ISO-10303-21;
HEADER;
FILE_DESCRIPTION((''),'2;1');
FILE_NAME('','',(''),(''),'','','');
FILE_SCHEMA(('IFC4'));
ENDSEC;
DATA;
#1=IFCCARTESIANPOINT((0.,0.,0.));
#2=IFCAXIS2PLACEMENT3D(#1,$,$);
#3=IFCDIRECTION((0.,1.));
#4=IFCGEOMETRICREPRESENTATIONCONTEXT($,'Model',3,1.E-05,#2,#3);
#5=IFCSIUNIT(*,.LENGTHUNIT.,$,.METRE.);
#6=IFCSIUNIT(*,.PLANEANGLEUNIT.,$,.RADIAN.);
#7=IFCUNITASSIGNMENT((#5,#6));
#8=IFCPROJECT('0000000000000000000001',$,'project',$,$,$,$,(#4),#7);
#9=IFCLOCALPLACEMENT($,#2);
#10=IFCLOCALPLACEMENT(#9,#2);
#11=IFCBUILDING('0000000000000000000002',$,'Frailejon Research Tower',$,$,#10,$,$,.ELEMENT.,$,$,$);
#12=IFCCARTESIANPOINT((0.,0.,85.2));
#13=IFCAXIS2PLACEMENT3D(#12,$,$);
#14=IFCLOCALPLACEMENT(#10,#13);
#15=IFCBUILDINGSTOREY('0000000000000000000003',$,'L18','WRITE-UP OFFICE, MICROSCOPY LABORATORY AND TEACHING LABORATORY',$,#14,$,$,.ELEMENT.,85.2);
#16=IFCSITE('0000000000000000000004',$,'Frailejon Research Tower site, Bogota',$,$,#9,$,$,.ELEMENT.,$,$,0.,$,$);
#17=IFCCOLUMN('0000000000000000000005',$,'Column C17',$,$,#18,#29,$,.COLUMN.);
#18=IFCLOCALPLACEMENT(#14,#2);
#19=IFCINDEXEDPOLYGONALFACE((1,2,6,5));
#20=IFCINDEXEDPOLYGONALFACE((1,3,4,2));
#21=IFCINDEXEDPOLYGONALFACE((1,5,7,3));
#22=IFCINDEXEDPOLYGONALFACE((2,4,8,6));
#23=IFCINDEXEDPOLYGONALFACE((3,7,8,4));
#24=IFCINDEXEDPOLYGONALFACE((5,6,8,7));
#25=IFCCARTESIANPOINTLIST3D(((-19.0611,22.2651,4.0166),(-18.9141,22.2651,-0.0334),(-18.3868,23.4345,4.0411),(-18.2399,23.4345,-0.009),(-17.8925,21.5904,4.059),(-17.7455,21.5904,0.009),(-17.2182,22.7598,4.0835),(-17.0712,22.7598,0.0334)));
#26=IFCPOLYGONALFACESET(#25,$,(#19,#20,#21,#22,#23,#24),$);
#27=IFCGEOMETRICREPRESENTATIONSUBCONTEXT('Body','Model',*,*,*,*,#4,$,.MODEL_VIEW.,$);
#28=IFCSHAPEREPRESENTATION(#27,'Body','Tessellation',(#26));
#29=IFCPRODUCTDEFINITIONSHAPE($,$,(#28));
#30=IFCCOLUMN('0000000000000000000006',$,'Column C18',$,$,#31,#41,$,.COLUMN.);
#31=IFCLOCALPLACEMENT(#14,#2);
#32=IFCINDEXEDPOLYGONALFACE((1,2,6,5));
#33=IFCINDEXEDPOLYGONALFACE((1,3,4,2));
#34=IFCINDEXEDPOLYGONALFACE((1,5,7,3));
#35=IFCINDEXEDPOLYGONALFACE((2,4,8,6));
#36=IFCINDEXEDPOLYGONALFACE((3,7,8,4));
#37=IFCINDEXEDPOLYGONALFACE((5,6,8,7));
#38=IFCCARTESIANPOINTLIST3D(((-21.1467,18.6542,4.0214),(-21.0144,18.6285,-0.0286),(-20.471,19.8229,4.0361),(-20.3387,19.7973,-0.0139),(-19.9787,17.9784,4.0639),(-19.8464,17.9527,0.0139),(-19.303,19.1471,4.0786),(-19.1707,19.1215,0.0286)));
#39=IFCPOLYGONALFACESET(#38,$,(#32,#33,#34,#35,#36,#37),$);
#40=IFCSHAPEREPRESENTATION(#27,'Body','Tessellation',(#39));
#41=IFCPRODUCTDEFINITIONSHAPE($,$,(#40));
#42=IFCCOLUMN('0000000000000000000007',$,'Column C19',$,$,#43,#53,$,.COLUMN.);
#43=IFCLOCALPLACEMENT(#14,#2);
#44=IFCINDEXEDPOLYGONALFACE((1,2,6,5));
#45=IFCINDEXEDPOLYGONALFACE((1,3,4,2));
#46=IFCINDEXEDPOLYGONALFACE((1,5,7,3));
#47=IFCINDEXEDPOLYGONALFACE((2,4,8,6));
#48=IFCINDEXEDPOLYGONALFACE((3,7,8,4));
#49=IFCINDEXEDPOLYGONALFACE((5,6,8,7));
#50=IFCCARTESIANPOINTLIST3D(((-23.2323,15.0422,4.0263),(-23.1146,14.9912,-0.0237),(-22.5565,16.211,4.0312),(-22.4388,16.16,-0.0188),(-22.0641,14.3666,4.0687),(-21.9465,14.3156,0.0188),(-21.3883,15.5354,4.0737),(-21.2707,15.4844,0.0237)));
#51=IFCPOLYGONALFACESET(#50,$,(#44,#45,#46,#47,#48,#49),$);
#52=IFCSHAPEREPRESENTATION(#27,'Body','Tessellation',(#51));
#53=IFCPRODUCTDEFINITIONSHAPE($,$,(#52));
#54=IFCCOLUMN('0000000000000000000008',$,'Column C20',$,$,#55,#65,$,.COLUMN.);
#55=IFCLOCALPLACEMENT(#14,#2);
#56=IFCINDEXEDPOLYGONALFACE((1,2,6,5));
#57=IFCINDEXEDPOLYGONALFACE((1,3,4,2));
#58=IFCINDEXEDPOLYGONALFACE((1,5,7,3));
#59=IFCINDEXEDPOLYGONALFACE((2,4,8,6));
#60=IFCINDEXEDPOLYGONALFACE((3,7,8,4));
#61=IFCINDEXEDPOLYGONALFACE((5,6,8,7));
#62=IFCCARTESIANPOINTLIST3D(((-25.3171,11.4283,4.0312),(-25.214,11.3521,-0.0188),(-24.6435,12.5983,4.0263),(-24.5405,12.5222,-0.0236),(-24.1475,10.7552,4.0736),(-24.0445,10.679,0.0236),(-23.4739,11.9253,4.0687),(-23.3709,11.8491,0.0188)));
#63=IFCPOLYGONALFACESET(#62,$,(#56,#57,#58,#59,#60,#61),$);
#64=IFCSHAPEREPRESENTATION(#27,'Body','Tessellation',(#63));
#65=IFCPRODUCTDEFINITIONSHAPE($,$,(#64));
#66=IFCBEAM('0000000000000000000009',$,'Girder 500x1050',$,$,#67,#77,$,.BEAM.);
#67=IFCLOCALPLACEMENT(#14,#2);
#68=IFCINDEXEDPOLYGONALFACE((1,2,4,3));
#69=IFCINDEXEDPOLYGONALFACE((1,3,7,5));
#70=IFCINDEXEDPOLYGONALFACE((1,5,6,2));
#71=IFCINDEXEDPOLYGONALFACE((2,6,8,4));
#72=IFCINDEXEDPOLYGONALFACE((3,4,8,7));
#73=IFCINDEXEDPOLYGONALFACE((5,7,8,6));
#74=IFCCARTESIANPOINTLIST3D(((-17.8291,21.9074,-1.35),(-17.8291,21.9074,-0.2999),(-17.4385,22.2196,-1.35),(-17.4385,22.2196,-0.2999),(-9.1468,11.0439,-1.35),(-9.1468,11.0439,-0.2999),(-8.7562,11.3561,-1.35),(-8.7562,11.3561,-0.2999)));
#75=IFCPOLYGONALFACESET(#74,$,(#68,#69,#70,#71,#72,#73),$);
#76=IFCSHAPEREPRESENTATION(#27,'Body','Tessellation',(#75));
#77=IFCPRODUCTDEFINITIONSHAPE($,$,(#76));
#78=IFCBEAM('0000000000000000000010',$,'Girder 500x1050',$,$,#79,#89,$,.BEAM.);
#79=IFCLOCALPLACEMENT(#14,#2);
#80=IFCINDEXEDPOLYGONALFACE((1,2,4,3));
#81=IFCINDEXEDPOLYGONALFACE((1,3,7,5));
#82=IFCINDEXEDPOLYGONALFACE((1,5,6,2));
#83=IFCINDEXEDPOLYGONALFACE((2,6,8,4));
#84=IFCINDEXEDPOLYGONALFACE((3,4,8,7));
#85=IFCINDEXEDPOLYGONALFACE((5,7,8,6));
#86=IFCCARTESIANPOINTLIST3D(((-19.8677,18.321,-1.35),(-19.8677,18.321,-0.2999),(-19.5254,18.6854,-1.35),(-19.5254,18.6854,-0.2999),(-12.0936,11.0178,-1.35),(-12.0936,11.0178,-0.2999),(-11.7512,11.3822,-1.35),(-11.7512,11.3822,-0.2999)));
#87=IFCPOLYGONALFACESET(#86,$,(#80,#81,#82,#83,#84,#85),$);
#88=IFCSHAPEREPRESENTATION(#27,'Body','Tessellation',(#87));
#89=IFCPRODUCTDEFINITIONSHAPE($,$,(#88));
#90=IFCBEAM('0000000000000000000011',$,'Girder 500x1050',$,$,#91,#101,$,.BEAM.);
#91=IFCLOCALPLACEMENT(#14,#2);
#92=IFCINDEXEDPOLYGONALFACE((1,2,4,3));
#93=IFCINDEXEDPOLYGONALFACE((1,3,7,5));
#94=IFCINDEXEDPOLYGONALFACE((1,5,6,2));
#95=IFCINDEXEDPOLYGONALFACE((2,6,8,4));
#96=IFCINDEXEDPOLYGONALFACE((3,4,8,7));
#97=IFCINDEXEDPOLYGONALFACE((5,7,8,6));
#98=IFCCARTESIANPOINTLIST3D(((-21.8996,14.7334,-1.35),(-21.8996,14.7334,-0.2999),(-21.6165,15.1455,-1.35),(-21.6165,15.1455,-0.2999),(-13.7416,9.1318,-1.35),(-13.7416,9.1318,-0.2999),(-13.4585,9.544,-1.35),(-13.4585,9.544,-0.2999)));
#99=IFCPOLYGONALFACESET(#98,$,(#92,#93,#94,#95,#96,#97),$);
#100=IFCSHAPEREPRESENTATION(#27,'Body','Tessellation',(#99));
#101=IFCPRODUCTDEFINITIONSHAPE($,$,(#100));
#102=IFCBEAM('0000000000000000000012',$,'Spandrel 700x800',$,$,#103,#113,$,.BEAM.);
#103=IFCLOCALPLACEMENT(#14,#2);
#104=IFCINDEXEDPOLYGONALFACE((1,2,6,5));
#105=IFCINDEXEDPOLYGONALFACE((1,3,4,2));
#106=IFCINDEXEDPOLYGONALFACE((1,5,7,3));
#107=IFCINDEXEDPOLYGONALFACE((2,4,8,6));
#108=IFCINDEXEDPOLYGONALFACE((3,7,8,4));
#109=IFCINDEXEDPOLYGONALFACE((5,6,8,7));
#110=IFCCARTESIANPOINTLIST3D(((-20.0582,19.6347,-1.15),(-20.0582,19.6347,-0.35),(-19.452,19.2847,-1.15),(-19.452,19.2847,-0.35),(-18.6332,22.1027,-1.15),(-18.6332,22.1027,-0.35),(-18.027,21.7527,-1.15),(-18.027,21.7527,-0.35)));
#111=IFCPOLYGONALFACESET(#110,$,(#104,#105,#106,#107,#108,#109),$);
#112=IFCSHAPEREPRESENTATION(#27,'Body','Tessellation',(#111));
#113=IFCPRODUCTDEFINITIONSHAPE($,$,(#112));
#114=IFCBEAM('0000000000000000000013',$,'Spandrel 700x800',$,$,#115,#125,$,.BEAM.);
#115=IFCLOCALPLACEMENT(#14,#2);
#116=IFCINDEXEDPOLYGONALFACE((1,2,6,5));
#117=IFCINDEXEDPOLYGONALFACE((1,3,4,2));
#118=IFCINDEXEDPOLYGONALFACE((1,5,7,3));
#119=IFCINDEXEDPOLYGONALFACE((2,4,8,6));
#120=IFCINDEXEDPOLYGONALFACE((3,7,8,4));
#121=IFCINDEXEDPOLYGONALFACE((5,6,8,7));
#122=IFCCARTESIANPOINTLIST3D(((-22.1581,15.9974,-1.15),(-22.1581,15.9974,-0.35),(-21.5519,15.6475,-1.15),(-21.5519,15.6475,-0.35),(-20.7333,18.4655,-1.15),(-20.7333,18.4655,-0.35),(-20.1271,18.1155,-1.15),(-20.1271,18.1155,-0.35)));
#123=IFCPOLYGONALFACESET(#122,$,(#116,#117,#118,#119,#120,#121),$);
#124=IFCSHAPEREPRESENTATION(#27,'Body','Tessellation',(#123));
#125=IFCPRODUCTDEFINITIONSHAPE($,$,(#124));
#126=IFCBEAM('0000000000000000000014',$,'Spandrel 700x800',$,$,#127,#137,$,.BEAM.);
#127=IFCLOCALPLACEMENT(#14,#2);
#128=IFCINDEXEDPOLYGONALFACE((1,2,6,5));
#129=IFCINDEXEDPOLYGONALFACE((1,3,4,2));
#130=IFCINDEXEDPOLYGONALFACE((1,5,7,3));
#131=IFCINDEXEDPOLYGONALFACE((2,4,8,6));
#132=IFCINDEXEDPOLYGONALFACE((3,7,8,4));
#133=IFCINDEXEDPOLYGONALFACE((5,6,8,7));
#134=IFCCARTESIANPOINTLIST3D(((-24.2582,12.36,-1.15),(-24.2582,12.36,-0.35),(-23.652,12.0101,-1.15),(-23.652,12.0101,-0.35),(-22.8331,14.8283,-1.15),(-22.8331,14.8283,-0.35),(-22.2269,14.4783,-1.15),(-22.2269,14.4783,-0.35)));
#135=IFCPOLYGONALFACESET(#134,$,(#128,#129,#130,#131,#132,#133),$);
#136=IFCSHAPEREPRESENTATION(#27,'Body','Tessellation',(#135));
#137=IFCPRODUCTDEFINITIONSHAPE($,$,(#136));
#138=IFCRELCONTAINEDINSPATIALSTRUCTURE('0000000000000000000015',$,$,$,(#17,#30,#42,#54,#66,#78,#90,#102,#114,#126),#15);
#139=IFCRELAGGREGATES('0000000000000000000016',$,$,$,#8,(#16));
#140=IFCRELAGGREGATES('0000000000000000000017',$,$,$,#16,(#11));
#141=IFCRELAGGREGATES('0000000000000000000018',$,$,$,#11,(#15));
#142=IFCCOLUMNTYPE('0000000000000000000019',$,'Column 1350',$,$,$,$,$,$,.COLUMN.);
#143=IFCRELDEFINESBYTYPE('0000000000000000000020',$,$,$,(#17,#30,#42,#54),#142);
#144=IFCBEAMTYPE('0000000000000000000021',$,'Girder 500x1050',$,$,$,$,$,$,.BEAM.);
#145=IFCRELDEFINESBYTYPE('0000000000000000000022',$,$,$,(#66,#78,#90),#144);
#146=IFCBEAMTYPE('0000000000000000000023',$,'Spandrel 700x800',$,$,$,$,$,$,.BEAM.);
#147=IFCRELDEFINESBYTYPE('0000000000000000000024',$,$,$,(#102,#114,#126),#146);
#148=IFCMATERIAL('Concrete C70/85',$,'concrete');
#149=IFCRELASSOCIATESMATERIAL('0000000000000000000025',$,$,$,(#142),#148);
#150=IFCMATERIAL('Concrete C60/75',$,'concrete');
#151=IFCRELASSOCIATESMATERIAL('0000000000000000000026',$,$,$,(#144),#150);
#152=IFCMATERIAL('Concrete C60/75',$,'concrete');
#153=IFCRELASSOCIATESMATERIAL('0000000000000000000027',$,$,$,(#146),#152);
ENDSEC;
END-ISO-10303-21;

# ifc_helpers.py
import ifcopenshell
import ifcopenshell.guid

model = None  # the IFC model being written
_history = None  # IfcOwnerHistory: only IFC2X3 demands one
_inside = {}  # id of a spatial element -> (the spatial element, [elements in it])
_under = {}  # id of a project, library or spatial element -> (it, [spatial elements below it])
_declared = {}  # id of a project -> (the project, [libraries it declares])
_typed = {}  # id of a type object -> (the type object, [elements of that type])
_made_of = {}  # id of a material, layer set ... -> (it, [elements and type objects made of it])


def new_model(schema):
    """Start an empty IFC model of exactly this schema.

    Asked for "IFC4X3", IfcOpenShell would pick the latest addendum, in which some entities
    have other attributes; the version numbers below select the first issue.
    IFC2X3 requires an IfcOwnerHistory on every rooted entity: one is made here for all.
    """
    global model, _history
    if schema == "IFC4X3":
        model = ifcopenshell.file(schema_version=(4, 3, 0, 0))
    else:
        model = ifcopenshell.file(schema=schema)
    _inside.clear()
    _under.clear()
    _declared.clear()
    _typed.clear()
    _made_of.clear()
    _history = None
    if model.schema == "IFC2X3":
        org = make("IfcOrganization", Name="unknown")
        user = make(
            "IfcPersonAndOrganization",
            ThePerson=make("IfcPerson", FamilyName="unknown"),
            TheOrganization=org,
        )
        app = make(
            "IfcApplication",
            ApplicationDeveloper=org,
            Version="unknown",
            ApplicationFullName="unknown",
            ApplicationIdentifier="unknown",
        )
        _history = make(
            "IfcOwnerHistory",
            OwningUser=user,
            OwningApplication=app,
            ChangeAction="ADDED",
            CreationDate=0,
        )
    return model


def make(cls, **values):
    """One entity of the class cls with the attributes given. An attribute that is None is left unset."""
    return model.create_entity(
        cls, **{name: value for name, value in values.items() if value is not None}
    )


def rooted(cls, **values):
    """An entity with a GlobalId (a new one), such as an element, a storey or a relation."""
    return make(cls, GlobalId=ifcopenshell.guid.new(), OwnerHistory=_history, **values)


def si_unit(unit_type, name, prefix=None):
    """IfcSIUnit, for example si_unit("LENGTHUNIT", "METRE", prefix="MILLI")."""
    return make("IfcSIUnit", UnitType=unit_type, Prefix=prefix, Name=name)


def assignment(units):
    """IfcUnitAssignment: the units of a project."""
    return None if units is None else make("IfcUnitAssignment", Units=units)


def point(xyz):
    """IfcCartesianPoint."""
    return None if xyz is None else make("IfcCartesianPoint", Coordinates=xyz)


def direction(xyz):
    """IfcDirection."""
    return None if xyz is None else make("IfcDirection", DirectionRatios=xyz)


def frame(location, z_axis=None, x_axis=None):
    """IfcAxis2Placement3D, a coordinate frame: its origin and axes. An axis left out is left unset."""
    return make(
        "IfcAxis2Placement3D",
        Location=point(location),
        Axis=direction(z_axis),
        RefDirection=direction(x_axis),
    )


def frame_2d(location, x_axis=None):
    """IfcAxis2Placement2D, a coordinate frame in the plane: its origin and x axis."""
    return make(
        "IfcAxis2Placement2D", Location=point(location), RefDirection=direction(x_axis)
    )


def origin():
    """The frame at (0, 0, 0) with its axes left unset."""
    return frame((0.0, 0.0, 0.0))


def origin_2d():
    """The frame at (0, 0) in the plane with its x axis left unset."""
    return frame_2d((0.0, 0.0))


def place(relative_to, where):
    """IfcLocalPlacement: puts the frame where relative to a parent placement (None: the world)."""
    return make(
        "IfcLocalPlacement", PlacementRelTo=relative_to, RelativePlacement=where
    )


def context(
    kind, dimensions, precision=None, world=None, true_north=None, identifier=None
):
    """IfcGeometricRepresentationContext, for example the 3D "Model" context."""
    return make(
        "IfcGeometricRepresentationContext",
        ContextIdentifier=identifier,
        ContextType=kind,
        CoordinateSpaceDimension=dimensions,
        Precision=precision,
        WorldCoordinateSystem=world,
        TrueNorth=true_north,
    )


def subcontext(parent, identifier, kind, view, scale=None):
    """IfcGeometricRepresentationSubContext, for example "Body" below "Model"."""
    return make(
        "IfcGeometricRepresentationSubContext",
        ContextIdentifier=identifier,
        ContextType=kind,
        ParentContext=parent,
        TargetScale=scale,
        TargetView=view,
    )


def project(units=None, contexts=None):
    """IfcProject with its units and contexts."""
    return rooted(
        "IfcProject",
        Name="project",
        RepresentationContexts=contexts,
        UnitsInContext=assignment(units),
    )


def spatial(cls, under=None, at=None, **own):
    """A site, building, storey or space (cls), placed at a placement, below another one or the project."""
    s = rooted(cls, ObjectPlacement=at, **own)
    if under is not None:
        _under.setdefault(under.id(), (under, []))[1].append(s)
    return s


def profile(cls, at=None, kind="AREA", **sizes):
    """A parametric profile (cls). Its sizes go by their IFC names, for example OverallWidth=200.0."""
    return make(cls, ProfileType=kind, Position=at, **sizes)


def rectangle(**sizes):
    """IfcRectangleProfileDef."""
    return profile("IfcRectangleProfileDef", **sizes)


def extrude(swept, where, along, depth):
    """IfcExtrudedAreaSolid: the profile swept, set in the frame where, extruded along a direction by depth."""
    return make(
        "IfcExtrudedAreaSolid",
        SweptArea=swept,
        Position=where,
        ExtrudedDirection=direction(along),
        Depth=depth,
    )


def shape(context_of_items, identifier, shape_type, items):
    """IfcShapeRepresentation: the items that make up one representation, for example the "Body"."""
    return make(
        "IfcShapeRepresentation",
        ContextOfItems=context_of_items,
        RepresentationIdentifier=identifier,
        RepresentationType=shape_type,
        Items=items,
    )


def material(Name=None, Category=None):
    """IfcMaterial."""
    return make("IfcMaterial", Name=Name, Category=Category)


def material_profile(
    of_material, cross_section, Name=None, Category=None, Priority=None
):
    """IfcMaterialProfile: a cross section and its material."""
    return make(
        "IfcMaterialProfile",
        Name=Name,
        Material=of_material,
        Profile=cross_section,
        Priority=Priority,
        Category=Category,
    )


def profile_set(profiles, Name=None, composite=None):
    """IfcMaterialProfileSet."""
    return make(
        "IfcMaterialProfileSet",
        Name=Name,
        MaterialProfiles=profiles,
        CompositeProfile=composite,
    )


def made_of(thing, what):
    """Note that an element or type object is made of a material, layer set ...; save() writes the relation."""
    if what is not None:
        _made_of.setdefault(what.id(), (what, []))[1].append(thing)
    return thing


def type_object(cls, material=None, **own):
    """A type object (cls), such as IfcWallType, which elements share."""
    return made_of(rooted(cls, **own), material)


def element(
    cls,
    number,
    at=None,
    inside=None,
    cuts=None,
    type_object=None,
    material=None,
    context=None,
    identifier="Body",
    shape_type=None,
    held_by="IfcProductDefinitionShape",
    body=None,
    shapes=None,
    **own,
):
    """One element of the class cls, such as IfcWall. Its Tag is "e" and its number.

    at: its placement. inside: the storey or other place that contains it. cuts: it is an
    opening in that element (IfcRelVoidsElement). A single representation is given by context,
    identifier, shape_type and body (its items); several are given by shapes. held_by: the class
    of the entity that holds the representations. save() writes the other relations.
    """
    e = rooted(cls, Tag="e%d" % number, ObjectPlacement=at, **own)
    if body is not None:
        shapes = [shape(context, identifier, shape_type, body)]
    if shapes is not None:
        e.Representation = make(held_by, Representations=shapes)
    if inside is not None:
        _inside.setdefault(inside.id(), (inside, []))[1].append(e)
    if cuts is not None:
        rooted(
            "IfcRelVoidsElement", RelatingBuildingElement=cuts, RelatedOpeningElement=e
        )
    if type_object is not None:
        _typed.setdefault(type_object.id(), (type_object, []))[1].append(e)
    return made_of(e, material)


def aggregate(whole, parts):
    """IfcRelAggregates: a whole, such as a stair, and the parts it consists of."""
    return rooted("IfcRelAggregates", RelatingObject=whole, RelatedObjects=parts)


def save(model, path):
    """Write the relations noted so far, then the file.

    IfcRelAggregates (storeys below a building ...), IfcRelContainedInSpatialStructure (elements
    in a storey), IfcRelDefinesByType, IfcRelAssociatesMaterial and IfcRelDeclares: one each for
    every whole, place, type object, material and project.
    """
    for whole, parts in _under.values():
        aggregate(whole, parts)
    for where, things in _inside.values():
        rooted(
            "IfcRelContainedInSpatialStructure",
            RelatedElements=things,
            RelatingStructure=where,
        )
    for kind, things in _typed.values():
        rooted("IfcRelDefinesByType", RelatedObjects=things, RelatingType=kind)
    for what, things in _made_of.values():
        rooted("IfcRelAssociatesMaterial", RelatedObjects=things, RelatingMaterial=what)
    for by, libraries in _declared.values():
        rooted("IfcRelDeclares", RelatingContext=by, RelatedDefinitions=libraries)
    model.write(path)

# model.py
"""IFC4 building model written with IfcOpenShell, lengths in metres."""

from ifc_helpers import new_model, si_unit, direction, frame, origin, origin_2d, place, context, subcontext, project, spatial, rectangle, extrude, material, material_profile, profile_set, type_object, element, save


model = new_model("IFC4")

# Units and contexts
model_context = context("Model", 3, precision=1e-05, world=origin(), true_north=direction((0.0, 1.0)))
body_context = subcontext(model_context, "Body", "Model", "MODEL_VIEW")
ifc_project = project(units=[si_unit("LENGTHUNIT", "METRE"), si_unit("PLANEANGLEUNIT", "RADIAN")], contexts=[model_context])

# Site, building, storey
site_placement = place(None, origin())
site = spatial("IfcSite", under=ifc_project, at=site_placement, Name="Frailejon Research Tower site, Bogota", CompositionType="ELEMENT", RefElevation=0.0)
building_placement = place(site_placement, origin())
building = spatial("IfcBuilding", under=site, at=building_placement, Name="Frailejon Research Tower", CompositionType="ELEMENT")
storey_placement = place(building_placement, frame((0.0, 0.0, 85.2)))
storey = spatial("IfcBuildingStorey", under=building, at=storey_placement, Name="L18", Description="WRITE-UP OFFICE, MICROSCOPY LABORATORY AND TEACHING LABORATORY", CompositionType="ELEMENT", Elevation=85.2)

# Columns
ifc_material_1 = material(Name="Concrete C70/85", Category="concrete")
ifc_material_profile_1 = material_profile(ifc_material_1, rectangle(XDim=1.3501, YDim=1.3501, at=origin_2d()), Name="Column 1350")
ifc_profile_set_1 = profile_set([ifc_material_profile_1], Name="Concrete C70/85")
column_type = type_object("IfcColumnType", Name="Column 1350", PredefinedType="COLUMN", material=ifc_profile_set_1)
column_1_placement = place(storey_placement, frame((-17.9927, 22.5125, 0.0), z_axis=(-0.036265, 0.0, 0.999342), x_axis=(-0.499425, -0.866168, -0.018124)))
element("IfcColumn", 1, at=column_1_placement, inside=storey, type_object=column_type, Name="Column C17", PredefinedType="COLUMN", context=body_context, shape_type="SweptSolid", body=[
    extrude(rectangle(XDim=1.3501, YDim=1.3501, at=origin_2d()), origin(), (0.0, 0.0, 1.0), 4.0527),
])
column_2_placement = place(storey_placement, frame((-20.0925, 18.875, 0.0), z_axis=(-0.032654, 0.006326, 0.999447), x_axis=(-0.500479, -0.865681, -0.010872)))
element("IfcColumn", 2, at=column_2_placement, inside=storey, type_object=column_type, Name="Column C18", PredefinedType="COLUMN", context=body_context, shape_type="SweptSolid", body=[
    extrude(rectangle(XDim=1.3501, YDim=1.3501, at=origin_2d()), origin(), (0.0, 0.0, 1.0), 4.0522),
])
for number, where, z_axis, x_axis, name in (
    (3, (-22.1926, 15.2378, 0.0), (-0.029041, 0.012592, 0.999499), (-0.500555, -0.865697, -0.003637), "Column C19"),
    (4, (-24.2925, 11.6006, 0.0), (-0.025426, 0.018798, 0.9995), (-0.498883, -0.866662, 0.003609), "Column C20"),
):
    element("IfcColumn", number, at=place(storey_placement, frame(where, z_axis=z_axis, x_axis=x_axis)), inside=storey, type_object=column_type, Name=name, PredefinedType="COLUMN", context=body_context, shape_type="SweptSolid", body=[
        extrude(rectangle(XDim=1.3501, YDim=1.3501, at=origin_2d()), origin(), (0.0, 0.0, 1.0), 4.052),
    ])

# Beams
ifc_material_2 = material(Name="Concrete C60/75", Category="concrete")
ifc_material_profile_2 = material_profile(ifc_material_2, rectangle(XDim=0.5, YDim=1.05, at=origin_2d()), Name="Girder 500x1050")
ifc_profile_set_2 = profile_set([ifc_material_profile_2], Name="Concrete C60/75")
beam_type_1 = type_object("IfcBeamType", Name="Girder 500x1050", PredefinedType="BEAM", material=ifc_profile_set_2)
beam_1_placement = place(storey_placement, frame((-17.6338, 22.0635, -0.825), z_axis=(0.624325, -0.781165, 0.0), x_axis=(0.781165, 0.624325, 0.0)))
element("IfcBeam", 5, at=beam_1_placement, inside=storey, type_object=beam_type_1, Name="Girder 500x1050", PredefinedType="BEAM", context=body_context, shape_type="SweptSolid", body=[
    extrude(rectangle(XDim=0.5, YDim=1.05, at=origin_2d()), origin(), (0.0, 0.0, 1.0), 13.9067),
])
beam_2_placement = place(storey_placement, frame((-19.6965, 18.5032, -0.825), z_axis=(0.728838, -0.684686, 0.0), x_axis=(0.684686, 0.728838, 0.0)))
element("IfcBeam", 6, at=beam_2_placement, inside=storey, type_object=beam_type_1, Name="Girder 500x1050", PredefinedType="BEAM", context=body_context, shape_type="SweptSolid", body=[
    extrude(rectangle(XDim=0.5, YDim=1.05, at=origin_2d()), origin(), (0.0, 0.0, 1.0), 10.6665),
])
beam_3_placement = place(storey_placement, frame((-21.7581, 14.9395, -0.825), z_axis=(0.824374, -0.566046, 0.0), x_axis=(0.566046, 0.824374, 0.0)))
element("IfcBeam", 7, at=beam_3_placement, inside=storey, type_object=beam_type_1, Name="Girder 500x1050", PredefinedType="BEAM", context=body_context, shape_type="SweptSolid", body=[
    extrude(rectangle(XDim=0.5, YDim=1.05, at=origin_2d()), origin(), (0.0, 0.0, 1.0), 9.896),
])
ifc_material_3 = material(Name="Concrete C60/75", Category="concrete")
ifc_material_profile_3 = material_profile(ifc_material_3, rectangle(XDim=0.7, YDim=0.8, at=origin_2d()), Name="Spandrel 700x800")
ifc_profile_set_3 = profile_set([ifc_material_profile_3], Name="Concrete C60/75")
beam_type_2 = type_object("IfcBeamType", Name="Spandrel 700x800", PredefinedType="BEAM", material=ifc_profile_set_3)
for number, where, z_axis, x_axis, name in (
    (8, (-18.3301, 21.9277, -0.75), (-0.500036, -0.866004, 0.0), (0.866004, -0.500036, 0.0), "Spandrel 700x800"),
    (9, (-20.4302, 18.2905, -0.75), (-0.499972, -0.866041, 0.0), (0.866041, -0.499972, 0.0), "Spandrel 700x800"),
):
    element("IfcBeam", number, at=place(storey_placement, frame(where, z_axis=z_axis, x_axis=x_axis)), inside=storey, type_object=beam_type_2, Name=name, PredefinedType="BEAM", context=body_context, shape_type="SweptSolid", body=[
        extrude(rectangle(XDim=0.7, YDim=0.8, at=origin_2d()), origin(), (0.0, 0.0, 1.0), 2.8499),
    ])
beam_4_placement = place(storey_placement, frame((-22.53, 14.6533, -0.75), z_axis=(-0.499999, -0.866026, 0.0), x_axis=(0.866026, -0.499999, 0.0)))
element("IfcBeam", 10, at=beam_4_placement, inside=storey, type_object=beam_type_2, Name="Spandrel 700x800", PredefinedType="BEAM", context=body_context, shape_type="SweptSolid", body=[
    extrude(rectangle(XDim=0.7, YDim=0.8, at=origin_2d()), origin(), (0.0, 0.0, 1.0), 2.8501),
])

save(model, "model.ifc")
